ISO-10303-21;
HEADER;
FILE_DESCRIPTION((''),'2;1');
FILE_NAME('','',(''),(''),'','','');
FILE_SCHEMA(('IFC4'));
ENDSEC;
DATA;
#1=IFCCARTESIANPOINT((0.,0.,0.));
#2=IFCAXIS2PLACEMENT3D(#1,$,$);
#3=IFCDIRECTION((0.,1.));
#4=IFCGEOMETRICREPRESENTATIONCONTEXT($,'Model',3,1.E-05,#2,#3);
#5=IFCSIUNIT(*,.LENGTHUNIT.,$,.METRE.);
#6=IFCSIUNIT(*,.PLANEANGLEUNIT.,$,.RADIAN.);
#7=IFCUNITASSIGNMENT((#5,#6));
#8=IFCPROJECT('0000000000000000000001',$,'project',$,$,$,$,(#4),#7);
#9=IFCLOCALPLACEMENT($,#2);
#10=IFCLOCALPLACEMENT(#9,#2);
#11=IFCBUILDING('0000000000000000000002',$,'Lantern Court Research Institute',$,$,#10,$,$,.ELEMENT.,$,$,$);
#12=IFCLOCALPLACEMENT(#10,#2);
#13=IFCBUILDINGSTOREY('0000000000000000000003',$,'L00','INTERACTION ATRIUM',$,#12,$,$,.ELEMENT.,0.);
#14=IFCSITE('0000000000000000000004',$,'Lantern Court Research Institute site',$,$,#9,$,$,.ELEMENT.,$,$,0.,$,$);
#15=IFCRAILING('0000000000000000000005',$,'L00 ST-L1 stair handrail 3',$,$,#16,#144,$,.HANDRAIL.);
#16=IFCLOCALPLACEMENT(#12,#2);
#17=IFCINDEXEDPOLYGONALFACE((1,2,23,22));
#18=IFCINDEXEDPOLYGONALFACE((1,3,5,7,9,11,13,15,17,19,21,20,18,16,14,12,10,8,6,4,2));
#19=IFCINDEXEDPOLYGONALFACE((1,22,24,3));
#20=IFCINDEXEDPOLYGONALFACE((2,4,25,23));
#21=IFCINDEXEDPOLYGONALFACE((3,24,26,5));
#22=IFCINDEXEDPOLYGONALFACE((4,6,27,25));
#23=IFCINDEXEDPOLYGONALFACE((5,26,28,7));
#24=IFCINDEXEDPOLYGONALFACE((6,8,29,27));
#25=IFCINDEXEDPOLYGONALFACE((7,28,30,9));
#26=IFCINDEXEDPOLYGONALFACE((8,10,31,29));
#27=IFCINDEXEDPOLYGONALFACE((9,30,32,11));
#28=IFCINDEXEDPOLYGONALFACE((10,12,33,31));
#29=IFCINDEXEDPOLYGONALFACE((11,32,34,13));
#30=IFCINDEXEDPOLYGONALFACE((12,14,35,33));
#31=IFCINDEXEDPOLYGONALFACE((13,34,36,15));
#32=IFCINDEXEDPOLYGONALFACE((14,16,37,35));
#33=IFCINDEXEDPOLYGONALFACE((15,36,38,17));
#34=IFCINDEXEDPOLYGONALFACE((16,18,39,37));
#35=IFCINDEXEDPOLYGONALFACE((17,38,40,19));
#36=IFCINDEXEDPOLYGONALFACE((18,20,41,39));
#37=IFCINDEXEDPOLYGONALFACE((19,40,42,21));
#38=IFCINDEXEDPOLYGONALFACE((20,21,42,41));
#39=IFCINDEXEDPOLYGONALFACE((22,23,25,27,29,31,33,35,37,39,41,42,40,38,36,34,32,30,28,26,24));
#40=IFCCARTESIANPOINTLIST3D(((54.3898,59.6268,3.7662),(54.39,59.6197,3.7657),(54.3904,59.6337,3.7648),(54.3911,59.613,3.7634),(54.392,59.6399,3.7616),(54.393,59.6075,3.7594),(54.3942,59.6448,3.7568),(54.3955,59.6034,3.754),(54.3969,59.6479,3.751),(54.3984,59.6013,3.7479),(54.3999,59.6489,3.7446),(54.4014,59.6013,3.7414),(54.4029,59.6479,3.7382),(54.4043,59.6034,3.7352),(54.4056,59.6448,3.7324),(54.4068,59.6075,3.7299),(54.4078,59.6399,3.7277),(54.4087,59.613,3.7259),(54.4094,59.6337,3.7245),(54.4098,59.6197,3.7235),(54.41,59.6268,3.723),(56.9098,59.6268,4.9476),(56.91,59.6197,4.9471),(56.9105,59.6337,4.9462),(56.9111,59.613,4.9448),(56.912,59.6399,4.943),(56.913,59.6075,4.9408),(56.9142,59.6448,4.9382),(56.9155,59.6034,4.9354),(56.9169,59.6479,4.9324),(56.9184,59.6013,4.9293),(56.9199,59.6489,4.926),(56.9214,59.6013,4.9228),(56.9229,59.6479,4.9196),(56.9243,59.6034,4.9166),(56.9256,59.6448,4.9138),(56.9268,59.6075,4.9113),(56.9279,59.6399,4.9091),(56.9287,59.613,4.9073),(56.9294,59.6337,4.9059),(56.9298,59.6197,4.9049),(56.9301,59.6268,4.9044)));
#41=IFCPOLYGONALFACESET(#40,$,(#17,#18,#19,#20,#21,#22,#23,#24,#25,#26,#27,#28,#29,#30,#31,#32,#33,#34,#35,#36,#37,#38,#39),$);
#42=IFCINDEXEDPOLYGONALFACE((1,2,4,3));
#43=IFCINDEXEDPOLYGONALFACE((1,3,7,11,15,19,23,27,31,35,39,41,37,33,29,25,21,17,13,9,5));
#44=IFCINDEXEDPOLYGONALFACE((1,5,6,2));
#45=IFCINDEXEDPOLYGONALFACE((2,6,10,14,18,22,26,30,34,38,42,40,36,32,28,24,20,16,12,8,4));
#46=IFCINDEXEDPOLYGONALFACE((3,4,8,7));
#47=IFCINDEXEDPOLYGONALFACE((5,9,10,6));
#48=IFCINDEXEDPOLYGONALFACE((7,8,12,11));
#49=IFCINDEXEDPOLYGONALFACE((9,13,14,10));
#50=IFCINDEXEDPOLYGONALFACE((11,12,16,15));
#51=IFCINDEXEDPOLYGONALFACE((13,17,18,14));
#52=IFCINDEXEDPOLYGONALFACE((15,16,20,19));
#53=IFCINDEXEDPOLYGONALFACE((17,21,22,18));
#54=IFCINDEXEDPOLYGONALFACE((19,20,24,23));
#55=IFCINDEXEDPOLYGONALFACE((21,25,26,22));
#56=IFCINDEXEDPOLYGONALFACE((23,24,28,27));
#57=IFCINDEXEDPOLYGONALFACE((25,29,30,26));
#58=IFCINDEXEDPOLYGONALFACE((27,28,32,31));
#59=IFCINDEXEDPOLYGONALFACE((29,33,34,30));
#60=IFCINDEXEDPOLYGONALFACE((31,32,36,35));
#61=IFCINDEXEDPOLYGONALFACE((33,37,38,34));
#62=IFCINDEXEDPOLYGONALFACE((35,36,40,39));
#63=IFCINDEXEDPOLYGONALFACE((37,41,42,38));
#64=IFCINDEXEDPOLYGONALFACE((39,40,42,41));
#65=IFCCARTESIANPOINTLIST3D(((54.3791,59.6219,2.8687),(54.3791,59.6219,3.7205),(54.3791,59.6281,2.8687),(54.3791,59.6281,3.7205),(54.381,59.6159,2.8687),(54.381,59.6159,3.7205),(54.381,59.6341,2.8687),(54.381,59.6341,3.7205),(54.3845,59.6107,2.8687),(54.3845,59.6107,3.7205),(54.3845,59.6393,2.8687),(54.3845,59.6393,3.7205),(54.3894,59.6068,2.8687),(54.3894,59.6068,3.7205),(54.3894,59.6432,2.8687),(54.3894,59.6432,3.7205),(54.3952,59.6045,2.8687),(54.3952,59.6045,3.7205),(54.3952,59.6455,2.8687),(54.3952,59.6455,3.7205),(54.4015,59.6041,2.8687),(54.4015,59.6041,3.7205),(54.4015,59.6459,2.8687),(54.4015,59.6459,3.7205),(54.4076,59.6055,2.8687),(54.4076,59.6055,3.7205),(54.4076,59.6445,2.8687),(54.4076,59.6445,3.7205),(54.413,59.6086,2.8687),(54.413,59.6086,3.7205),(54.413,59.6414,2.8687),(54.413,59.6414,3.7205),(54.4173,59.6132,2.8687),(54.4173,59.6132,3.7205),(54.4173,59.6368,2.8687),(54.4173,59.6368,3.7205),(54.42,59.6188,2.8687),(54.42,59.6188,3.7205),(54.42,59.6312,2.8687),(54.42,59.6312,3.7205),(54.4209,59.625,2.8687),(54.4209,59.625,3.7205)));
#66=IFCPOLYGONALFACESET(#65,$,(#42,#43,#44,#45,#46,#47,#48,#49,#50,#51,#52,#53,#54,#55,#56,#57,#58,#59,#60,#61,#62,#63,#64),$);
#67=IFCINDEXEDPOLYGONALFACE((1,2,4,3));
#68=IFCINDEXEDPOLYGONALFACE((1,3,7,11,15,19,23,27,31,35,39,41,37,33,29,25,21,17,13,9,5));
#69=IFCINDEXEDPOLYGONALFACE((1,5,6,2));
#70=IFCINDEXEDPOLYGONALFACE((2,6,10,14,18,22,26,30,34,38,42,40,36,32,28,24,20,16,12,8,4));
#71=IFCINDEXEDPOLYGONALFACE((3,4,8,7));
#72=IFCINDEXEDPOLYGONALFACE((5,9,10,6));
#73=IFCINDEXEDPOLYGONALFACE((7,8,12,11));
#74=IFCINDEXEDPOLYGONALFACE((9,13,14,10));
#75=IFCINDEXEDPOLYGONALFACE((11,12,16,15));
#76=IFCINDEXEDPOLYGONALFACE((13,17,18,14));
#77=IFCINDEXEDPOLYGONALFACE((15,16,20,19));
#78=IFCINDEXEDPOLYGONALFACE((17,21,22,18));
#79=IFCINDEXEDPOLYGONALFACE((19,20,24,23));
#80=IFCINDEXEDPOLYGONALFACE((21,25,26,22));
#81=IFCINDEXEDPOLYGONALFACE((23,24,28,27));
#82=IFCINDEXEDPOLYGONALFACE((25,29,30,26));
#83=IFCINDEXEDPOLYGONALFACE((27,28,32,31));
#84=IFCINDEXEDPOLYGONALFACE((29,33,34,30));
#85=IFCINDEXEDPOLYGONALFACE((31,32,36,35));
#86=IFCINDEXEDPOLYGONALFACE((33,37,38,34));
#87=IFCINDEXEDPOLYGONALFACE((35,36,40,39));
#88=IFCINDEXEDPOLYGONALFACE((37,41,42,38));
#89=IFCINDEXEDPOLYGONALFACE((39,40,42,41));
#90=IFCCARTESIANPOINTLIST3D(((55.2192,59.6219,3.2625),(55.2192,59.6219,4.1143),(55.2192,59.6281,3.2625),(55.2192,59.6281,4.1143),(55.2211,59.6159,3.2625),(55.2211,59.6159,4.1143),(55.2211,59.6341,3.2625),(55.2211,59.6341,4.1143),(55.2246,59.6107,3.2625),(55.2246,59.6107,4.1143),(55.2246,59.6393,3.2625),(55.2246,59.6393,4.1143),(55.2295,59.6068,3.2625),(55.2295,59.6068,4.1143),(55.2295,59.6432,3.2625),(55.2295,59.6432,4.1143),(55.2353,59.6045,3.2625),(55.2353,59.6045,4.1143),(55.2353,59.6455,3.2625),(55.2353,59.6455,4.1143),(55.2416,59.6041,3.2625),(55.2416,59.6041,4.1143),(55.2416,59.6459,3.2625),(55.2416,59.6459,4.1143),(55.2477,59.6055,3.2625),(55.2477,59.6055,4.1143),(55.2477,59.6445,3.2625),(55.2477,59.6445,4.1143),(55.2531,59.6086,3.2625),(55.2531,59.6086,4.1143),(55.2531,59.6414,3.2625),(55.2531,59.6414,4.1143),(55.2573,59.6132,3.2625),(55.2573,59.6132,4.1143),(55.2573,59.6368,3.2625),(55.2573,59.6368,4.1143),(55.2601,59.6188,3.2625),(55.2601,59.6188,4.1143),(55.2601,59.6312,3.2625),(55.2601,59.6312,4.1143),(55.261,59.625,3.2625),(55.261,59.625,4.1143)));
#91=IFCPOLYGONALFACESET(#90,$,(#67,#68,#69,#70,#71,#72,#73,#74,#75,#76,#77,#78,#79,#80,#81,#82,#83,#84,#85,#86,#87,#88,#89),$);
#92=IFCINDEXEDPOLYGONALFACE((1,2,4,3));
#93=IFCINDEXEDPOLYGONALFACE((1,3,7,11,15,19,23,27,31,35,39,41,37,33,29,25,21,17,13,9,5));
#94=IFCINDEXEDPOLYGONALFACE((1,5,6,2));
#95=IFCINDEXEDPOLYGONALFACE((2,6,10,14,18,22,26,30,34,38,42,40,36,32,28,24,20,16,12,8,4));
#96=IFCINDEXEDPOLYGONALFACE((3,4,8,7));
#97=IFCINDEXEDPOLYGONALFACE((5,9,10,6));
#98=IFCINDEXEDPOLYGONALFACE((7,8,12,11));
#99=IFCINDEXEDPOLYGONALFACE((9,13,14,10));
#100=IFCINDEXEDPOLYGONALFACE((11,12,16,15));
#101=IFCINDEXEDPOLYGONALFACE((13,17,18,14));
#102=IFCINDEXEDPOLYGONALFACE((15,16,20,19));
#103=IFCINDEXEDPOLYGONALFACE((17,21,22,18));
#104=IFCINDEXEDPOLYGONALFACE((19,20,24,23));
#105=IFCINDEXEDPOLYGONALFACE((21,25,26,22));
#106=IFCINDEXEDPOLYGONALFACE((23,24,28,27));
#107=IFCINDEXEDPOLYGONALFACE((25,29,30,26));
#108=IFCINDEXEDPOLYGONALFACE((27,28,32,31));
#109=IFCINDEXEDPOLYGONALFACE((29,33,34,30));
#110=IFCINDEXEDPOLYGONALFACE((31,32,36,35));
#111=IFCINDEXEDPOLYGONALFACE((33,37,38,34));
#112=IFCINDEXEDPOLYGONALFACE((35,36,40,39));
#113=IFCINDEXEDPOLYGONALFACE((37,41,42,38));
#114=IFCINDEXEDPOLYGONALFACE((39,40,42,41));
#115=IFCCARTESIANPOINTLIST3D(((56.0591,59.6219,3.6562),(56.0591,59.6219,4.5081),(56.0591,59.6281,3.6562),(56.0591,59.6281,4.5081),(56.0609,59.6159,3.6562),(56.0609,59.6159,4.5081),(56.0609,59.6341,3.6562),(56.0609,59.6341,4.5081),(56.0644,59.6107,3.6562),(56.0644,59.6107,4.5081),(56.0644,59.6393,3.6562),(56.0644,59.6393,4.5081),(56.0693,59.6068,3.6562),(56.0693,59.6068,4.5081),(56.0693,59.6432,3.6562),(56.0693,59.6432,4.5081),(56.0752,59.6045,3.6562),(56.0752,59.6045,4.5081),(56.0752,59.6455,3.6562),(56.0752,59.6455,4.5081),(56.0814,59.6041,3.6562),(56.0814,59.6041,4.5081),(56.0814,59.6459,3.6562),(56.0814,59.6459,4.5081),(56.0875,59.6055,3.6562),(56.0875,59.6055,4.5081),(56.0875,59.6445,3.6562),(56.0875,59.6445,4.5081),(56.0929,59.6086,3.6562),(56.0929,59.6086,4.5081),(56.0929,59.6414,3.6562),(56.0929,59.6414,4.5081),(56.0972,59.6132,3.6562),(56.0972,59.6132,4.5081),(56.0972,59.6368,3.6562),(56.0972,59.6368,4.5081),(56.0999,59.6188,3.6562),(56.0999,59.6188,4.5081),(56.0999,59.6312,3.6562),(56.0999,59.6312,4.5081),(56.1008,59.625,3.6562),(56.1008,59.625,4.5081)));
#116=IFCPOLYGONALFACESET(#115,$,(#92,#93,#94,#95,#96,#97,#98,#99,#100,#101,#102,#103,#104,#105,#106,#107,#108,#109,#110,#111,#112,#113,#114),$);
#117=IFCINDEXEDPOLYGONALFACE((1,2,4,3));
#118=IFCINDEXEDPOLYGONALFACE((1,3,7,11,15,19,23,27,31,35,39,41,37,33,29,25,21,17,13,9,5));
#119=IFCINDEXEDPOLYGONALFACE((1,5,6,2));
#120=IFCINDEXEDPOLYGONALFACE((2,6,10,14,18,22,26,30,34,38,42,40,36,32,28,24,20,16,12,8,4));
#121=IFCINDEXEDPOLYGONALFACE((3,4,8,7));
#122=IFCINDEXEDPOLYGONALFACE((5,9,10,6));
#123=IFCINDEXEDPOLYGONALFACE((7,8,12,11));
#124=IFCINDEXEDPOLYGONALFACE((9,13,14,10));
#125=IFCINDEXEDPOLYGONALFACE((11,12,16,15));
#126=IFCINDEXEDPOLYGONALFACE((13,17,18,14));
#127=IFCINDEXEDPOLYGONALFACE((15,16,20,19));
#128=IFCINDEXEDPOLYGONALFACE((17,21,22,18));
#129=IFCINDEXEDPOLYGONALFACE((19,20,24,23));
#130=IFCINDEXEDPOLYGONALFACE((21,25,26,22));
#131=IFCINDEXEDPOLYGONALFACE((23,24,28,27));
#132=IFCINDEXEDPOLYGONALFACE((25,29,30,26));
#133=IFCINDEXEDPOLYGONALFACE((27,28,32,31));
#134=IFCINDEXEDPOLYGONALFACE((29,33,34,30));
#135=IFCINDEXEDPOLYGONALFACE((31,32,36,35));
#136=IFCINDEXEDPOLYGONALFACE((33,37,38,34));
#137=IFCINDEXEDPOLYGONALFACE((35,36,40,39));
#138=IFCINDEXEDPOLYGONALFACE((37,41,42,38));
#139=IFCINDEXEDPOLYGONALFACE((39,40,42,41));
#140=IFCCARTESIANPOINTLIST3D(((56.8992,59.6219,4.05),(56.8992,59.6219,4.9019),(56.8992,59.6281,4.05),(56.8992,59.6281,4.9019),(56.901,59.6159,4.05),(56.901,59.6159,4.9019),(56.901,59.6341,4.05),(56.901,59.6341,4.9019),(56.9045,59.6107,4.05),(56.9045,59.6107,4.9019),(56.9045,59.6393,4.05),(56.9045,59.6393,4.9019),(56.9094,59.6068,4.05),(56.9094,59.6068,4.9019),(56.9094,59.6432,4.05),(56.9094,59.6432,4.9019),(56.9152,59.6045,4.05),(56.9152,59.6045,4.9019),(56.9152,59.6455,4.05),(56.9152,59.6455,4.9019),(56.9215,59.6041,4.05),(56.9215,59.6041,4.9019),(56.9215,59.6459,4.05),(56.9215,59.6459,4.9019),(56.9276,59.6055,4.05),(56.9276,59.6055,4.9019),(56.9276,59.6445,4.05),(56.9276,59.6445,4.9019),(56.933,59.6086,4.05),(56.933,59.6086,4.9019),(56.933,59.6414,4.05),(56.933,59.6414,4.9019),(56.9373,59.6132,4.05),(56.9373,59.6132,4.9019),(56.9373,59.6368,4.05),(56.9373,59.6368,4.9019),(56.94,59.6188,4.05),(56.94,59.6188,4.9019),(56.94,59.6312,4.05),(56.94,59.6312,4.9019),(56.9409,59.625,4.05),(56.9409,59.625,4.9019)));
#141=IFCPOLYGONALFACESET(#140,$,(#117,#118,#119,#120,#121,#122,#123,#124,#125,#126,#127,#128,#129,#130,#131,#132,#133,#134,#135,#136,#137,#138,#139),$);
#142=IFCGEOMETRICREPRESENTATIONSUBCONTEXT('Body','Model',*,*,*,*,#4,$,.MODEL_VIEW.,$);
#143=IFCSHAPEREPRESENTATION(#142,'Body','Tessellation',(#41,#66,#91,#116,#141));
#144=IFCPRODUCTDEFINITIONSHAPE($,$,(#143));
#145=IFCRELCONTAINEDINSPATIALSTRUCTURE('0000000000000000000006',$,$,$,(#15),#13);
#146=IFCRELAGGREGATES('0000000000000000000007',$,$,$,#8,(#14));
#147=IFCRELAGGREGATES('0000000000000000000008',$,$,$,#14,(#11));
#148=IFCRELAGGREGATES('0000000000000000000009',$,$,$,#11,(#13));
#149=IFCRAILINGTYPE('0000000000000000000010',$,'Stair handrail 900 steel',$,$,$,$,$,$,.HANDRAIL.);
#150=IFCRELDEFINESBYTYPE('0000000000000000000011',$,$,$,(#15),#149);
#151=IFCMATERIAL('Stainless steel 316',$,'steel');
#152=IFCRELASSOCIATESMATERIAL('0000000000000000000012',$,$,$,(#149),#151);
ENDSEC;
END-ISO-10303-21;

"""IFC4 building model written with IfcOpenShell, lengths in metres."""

from ifc_helpers import new_model, si_unit, direction, frame, origin, origin_2d, place, context, subcontext, project, spatial, circle, extrude, material, type_object, element, save


model = new_model("IFC4")

# Units and contexts
model_context = context("Model", 3, precision=1e-05, world=origin(), true_north=direction((0.0, 1.0)))
body_context = subcontext(model_context, "Body", "Model", "MODEL_VIEW")
ifc_project = project(units=[si_unit("LENGTHUNIT", "METRE"), si_unit("PLANEANGLEUNIT", "RADIAN")], contexts=[model_context])

# Site, building, storey
site_placement = place(None, origin())
site = spatial("IfcSite", under=ifc_project, at=site_placement, Name="Lantern Court Research Institute site", CompositionType="ELEMENT", RefElevation=0.0)
building_placement = place(site_placement, origin())
building = spatial("IfcBuilding", under=site, at=building_placement, Name="Lantern Court Research Institute", CompositionType="ELEMENT")
storey_placement = place(building_placement, origin())
storey = spatial("IfcBuildingStorey", under=building, at=storey_placement, Name="L00", Description="INTERACTION ATRIUM", CompositionType="ELEMENT", Elevation=0.0)

# Railing
ifc_material_1 = material(Name="Stainless steel 316", Category="steel")
railing_type_1 = type_object("IfcRailingType", Name="Stair handrail 900 steel", PredefinedType="HANDRAIL", material=ifc_material_1)
for number, where, name in (
    (1, (54.3999, 59.625, 2.8687), "L00 ST-L1 stair handrail 3"),
):
    element("IfcRailing", number, at=place(storey_placement, frame(where)), inside=storey, type_object=railing_type_1, Name=name, PredefinedType="HANDRAIL", context=body_context, shape_type="SweptSolid", body=[
        extrude(circle(Radius=0.0239, at=origin_2d()), frame((0.0, 0.0, 0.876), z_axis=(0.90544, 0.0, 0.424474), x_axis=(0.0, 1.0, 0.0)), (0.0, 0.0, 1.0), 2.7832),
        extrude(circle(Radius=0.021, at=origin_2d()), origin(), (0.0, 0.0, 1.0), 0.8518),
        extrude(circle(Radius=0.021, at=origin_2d()), frame((0.8401, 0.0, 0.3938)), (0.0, 0.0, 1.0), 0.8518),
        extrude(circle(Radius=0.021, at=origin_2d()), frame((1.6799, 0.0, 0.7876)), (0.0, 0.0, 1.0), 0.8518),
        extrude(circle(Radius=0.021, at=origin_2d()), frame((2.52, 0.0, 1.1814)), (0.0, 0.0, 1.0), 0.8518),
    ])

save(model, "model.ifc")
